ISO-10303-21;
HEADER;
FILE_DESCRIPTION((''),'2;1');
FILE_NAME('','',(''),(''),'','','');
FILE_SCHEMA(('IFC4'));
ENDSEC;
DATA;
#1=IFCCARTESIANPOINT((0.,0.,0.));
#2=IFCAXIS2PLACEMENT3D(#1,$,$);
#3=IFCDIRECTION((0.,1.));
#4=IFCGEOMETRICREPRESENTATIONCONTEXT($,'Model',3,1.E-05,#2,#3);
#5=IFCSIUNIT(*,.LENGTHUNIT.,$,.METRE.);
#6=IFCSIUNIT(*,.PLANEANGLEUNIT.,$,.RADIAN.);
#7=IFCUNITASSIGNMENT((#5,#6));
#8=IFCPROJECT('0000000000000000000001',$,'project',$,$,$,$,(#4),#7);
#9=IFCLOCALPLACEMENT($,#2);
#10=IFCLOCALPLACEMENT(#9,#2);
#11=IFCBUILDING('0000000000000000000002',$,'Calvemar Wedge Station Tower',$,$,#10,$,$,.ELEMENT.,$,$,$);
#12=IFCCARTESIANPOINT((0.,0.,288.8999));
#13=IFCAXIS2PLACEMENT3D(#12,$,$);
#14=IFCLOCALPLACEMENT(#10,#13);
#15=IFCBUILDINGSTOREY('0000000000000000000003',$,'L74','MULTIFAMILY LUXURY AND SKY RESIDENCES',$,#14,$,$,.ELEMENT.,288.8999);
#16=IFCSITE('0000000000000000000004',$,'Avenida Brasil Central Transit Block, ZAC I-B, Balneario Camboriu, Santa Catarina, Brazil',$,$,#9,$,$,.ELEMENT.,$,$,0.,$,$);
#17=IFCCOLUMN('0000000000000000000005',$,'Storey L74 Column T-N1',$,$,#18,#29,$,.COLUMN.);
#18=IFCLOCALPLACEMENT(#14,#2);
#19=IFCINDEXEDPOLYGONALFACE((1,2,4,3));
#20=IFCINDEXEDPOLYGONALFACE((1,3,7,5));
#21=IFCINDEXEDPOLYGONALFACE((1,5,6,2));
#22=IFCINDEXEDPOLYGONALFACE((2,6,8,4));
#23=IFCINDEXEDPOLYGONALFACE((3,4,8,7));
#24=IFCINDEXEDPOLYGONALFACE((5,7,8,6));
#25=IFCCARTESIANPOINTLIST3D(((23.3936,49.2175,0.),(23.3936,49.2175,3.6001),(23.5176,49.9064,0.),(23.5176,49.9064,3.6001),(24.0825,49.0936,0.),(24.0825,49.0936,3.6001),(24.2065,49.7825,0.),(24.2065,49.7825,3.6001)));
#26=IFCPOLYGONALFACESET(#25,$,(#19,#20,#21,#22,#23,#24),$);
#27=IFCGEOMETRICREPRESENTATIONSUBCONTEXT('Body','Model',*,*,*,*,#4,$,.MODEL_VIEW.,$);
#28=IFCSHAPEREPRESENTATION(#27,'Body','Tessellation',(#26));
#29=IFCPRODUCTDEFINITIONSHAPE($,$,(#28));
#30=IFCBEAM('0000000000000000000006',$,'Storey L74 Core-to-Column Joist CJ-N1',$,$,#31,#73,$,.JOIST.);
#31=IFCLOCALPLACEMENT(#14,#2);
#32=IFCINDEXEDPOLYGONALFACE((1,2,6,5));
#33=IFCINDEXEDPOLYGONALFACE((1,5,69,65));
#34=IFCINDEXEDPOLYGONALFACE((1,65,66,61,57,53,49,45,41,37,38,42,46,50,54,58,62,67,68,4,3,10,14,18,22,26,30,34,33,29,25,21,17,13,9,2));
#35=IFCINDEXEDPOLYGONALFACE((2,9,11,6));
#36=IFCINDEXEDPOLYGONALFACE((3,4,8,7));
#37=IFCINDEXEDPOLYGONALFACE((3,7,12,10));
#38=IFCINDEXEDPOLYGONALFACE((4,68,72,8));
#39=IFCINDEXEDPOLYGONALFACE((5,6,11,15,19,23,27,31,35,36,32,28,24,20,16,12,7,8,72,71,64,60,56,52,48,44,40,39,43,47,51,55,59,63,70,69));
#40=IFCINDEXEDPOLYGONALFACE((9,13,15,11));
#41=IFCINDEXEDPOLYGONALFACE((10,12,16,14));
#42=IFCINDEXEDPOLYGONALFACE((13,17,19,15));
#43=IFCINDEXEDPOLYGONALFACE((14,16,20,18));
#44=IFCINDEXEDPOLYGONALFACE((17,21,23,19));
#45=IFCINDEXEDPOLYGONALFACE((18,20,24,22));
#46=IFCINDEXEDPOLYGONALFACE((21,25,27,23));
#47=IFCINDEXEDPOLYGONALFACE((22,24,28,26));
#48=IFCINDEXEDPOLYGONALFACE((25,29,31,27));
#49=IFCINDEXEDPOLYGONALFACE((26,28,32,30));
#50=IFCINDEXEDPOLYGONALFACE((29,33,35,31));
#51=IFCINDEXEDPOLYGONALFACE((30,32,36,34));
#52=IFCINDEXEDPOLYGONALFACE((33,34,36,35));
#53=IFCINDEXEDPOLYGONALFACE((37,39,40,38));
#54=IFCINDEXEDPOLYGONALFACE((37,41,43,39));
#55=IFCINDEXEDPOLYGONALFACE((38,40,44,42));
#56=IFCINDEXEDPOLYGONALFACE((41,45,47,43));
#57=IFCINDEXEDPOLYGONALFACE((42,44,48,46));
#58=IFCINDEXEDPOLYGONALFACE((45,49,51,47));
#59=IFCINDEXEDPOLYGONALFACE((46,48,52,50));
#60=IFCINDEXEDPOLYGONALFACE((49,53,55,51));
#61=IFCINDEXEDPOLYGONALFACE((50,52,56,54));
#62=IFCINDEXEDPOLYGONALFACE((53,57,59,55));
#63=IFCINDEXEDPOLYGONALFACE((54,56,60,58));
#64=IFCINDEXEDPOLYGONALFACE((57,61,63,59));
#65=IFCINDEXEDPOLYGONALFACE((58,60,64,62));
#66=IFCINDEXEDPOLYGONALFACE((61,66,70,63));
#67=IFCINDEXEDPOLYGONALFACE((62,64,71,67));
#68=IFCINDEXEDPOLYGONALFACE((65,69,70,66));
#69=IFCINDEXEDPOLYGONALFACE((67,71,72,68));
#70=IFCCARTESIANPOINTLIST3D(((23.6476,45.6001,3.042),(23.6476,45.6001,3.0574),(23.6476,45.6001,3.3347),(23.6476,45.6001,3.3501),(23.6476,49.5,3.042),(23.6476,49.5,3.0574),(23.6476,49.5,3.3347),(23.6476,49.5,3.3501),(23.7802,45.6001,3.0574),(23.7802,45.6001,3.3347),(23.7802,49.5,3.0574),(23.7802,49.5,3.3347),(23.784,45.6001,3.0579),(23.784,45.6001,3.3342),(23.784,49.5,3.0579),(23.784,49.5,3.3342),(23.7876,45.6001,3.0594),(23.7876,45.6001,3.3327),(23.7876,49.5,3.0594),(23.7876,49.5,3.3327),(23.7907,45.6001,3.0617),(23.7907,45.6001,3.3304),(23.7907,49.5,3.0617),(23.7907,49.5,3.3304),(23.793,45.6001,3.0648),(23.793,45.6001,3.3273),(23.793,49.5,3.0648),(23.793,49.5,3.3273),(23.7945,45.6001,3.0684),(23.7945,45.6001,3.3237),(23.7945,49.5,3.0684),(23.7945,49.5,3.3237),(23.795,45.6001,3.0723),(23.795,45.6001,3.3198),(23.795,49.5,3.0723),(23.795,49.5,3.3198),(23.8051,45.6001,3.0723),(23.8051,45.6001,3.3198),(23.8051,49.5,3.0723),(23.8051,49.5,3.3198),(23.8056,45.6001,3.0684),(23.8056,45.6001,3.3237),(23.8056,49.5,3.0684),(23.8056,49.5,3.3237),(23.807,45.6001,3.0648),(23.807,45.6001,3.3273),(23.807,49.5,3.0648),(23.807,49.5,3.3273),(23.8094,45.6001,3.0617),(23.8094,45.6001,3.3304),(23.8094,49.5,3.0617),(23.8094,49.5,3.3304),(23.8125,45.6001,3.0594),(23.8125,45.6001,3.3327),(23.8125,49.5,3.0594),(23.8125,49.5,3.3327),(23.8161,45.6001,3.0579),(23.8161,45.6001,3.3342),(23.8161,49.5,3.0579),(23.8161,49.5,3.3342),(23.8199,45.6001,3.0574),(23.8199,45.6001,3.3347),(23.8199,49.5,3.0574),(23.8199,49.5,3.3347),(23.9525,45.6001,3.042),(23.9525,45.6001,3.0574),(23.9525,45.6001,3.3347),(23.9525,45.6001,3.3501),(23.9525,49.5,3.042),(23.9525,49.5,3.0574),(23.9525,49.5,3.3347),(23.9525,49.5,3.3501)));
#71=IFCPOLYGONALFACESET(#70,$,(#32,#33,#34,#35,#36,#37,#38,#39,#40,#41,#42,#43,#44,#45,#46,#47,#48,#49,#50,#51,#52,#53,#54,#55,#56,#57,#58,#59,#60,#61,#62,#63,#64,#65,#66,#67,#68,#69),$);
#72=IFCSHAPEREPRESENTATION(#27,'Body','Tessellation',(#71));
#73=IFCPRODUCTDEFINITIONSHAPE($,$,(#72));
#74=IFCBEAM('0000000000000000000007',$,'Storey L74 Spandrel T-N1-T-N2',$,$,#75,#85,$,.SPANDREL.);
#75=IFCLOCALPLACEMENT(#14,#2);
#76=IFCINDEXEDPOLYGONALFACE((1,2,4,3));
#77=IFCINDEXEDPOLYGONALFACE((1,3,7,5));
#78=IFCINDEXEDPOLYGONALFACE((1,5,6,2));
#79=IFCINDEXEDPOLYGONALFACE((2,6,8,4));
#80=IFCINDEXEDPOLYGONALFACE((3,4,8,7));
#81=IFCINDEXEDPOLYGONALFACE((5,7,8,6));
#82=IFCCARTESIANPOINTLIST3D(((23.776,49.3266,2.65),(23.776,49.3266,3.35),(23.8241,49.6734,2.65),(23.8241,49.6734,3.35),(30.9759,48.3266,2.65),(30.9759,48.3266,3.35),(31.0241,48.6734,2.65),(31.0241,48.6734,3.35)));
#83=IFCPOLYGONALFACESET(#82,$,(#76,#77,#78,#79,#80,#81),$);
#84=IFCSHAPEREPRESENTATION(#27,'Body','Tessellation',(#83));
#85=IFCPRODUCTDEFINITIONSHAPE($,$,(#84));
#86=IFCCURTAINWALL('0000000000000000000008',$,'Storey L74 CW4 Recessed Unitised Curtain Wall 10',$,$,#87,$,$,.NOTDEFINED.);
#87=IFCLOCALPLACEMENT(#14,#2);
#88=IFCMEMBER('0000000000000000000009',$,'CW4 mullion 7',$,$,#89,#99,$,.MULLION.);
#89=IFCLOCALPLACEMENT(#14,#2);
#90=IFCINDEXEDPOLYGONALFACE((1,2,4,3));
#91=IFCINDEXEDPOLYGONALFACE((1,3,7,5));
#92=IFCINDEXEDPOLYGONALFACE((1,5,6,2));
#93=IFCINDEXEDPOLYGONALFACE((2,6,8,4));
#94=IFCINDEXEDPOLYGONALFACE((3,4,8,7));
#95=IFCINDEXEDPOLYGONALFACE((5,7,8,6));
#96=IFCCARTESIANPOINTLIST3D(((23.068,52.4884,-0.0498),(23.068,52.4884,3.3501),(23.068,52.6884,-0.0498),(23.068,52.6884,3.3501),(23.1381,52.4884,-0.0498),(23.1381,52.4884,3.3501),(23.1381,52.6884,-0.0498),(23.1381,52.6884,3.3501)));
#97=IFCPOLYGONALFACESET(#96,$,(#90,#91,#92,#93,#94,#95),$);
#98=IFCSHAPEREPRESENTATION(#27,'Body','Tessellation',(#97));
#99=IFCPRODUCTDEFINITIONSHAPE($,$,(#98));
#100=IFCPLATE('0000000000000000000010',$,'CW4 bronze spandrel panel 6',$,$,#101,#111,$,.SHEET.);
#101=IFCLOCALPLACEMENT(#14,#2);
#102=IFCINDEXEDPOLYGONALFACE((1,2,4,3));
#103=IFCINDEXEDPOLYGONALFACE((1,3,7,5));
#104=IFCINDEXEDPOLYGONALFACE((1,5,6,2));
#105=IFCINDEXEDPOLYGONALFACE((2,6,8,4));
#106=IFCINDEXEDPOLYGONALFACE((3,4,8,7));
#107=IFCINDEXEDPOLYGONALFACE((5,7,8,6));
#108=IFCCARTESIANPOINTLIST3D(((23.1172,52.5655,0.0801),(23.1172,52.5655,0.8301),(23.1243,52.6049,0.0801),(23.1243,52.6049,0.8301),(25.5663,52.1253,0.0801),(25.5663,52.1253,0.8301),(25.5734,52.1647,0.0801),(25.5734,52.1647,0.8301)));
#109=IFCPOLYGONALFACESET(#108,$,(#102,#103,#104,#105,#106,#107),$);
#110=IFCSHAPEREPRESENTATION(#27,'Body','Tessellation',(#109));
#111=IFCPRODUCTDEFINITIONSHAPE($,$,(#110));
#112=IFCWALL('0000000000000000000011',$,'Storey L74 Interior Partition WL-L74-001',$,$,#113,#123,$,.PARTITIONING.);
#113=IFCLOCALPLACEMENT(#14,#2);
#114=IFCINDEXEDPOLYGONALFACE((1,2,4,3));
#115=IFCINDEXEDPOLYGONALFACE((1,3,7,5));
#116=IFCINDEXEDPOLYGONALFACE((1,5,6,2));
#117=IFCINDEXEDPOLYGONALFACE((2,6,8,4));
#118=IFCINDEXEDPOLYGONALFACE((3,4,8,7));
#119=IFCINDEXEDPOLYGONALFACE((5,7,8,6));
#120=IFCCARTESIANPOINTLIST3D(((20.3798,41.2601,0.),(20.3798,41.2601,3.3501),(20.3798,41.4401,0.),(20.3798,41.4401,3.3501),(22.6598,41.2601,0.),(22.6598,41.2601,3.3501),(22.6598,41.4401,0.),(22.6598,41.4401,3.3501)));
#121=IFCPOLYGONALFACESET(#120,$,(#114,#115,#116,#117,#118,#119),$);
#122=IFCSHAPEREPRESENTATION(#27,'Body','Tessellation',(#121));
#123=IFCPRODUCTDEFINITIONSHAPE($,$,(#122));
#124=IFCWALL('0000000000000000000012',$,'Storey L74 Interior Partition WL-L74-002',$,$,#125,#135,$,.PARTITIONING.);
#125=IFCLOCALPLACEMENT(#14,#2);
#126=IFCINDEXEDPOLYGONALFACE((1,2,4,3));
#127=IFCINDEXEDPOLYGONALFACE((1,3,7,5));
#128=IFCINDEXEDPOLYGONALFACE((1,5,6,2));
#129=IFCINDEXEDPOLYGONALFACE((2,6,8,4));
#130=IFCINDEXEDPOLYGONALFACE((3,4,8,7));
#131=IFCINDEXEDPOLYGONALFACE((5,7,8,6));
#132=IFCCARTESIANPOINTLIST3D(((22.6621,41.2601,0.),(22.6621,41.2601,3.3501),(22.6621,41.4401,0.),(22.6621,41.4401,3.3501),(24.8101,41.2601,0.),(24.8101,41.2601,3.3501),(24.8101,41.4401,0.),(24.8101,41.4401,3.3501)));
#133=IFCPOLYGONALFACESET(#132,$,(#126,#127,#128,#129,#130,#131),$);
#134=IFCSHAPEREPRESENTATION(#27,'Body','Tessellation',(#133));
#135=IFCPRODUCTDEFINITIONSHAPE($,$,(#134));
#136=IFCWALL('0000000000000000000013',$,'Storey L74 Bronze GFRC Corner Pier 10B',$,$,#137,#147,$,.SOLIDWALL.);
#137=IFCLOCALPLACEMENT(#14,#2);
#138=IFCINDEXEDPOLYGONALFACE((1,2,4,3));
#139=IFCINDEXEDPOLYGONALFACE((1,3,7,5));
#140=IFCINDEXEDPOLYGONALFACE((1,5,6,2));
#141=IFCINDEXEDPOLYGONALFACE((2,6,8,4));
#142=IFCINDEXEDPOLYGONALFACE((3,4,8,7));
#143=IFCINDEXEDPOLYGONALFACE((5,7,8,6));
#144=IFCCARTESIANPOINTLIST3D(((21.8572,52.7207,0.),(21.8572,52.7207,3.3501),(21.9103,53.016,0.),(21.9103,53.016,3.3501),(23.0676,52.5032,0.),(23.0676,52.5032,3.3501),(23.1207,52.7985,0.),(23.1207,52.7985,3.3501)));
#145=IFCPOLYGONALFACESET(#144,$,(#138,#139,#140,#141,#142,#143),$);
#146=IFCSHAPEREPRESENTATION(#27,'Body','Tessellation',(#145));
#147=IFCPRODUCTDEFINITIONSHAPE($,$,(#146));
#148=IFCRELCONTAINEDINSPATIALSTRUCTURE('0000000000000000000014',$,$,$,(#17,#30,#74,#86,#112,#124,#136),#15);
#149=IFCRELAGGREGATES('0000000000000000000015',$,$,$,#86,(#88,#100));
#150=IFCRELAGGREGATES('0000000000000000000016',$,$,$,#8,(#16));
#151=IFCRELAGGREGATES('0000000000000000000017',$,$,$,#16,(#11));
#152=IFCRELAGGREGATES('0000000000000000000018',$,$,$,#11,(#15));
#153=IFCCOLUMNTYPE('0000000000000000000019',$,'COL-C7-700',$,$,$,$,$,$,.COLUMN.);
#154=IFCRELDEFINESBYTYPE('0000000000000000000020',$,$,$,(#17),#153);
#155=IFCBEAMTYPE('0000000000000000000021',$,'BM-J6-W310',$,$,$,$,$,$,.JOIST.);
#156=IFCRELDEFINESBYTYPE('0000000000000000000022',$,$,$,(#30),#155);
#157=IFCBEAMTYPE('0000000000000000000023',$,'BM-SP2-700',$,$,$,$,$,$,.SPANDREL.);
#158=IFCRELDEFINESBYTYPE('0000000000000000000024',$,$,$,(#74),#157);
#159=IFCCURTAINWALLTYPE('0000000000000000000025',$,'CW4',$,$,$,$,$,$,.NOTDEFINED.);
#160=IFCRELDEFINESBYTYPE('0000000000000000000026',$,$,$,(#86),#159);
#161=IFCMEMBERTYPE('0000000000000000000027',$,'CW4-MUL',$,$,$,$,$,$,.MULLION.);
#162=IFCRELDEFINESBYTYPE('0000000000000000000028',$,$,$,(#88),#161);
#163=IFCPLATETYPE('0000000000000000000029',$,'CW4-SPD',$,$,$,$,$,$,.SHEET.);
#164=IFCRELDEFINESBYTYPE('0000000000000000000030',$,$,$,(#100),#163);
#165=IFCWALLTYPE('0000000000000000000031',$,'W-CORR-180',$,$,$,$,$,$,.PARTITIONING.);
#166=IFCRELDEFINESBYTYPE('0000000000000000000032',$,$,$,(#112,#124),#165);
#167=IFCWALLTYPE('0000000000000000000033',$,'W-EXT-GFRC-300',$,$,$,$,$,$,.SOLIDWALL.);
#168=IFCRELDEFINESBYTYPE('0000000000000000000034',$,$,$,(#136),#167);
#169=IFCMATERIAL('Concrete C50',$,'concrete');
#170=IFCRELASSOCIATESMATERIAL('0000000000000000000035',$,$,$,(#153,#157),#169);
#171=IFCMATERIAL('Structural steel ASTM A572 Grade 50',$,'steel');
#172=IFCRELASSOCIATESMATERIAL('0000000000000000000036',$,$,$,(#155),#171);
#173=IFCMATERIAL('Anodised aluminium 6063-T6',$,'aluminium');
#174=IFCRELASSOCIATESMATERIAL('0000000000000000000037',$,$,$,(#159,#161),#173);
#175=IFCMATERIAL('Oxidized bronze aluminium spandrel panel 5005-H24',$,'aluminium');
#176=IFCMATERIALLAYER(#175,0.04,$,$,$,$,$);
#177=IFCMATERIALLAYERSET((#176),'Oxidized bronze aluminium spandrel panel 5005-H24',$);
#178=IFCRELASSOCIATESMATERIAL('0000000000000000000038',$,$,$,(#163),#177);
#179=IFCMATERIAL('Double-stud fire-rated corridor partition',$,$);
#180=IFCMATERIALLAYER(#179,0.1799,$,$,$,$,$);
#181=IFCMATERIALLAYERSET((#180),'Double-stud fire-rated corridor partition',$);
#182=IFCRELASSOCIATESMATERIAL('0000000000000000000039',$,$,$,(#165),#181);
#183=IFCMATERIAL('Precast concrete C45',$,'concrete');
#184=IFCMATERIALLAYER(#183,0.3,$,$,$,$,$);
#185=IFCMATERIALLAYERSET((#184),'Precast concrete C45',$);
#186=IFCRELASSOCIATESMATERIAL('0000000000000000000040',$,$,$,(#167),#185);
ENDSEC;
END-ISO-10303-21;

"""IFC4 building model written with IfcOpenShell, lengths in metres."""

from ifc_helpers import new_model, si_unit, direction, frame, frame_2d, origin, origin_2d, place, context, subcontext, project, spatial, rectangle, i_section, extrude, source, transform, mapped, material, layer, layer_set, material_profile, profile_set, type_object, element, aggregate, save


model = new_model("IFC4")

# Units and contexts
model_context = context("Model", 3, precision=1e-05, world=origin(), true_north=direction((0.0, 1.0)))
body_context = subcontext(model_context, "Body", "Model", "MODEL_VIEW")
ifc_project = project(units=[si_unit("LENGTHUNIT", "METRE"), si_unit("PLANEANGLEUNIT", "RADIAN")], contexts=[model_context])

# Site, building, storey
site_placement = place(None, origin())
site = spatial("IfcSite", under=ifc_project, at=site_placement, Name="Avenida Brasil Central Transit Block, ZAC I-B, Balneario Camboriu, Santa Catarina, Brazil", CompositionType="ELEMENT", RefElevation=0.0)
building_placement = place(site_placement, origin())
building = spatial("IfcBuilding", under=site, at=building_placement, Name="Calvemar Wedge Station Tower", CompositionType="ELEMENT")
storey_placement = place(building_placement, frame((0.0, 0.0, 288.8999)))
storey = spatial("IfcBuildingStorey", under=building, at=storey_placement, Name="L74", Description="MULTIFAMILY LUXURY AND SKY RESIDENCES", CompositionType="ELEMENT", Elevation=288.8999)

# Column
ifc_material_1 = material(Name="Concrete C50", Category="concrete")
ifc_material_profile_1 = material_profile(ifc_material_1, rectangle(XDim=0.7, YDim=0.7, at=origin_2d()), Name="RC700x700")
ifc_profile_set_1 = profile_set([ifc_material_profile_1], Name="Concrete C50")
column_type = type_object("IfcColumnType", Name="COL-C7-700", PredefinedType="COLUMN", material=ifc_profile_set_1)
shared_shape_1 = source(origin(), body_context, "Body", "SweptSolid", [
    extrude(rectangle(XDim=0.7, YDim=0.7, at=origin_2d()), origin(), (0.0, 0.0, 1.0), 3.6001),
])
column_placement = place(storey_placement, frame((23.8, 49.5, 0.0), z_axis=(0.0, 0.0, 1.0), x_axis=(0.984196, -0.177085, 0.0)))
element("IfcColumn", 1, at=column_placement, inside=storey, type_object=column_type, Name="Storey L74 Column T-N1", PredefinedType="COLUMN", context=body_context, shape_type="MappedRepresentation", body=[
    mapped(shared_shape_1, transform((0.0, 0.0, 0.0), scale=1.0)),
])

# Beams
ifc_material_2 = material(Name="Structural steel ASTM A572 Grade 50", Category="steel")
ifc_material_profile_2 = material_profile(ifc_material_2, i_section(OverallWidth=0.3049, OverallDepth=0.3081, WebThickness=0.01, FlangeThickness=0.0154, FilletRadius=0.0149, at=origin_2d()), Name="W310x97")
ifc_profile_set_2 = profile_set([ifc_material_profile_2], Name="Structural steel ASTM A572 Grade 50")
beam_type_1 = type_object("IfcBeamType", Name="BM-J6-W310", PredefinedType="JOIST", material=ifc_profile_set_2)
shared_shape_2 = source(origin(), body_context, "Body", "SweptSolid", [
    extrude(i_section(OverallWidth=0.3049, OverallDepth=0.3081, WebThickness=0.01, FlangeThickness=0.0154, FilletRadius=0.0149, at=origin_2d()), origin(), (0.0, 0.0, 1.0), 3.8999),
])
beam_1_placement = place(storey_placement, frame((23.8, 45.6001, 3.196), z_axis=(0.0, 1.0, 0.0), x_axis=(-1.0, 0.0, 0.0)))
element("IfcBeam", 2, at=beam_1_placement, inside=storey, type_object=beam_type_1, Name="Storey L74 Core-to-Column Joist CJ-N1", PredefinedType="JOIST", context=body_context, shape_type="MappedRepresentation", body=[
    mapped(shared_shape_2, transform((0.0, 0.0, 0.0), scale=1.0)),
])
ifc_material_profile_3 = material_profile(ifc_material_1, rectangle(XDim=0.3501, YDim=0.7, at=origin_2d()), Name="RC350x700")
ifc_profile_set_3 = profile_set([ifc_material_profile_3], Name="Concrete C50")
beam_type_2 = type_object("IfcBeamType", Name="BM-SP2-700", PredefinedType="SPANDREL", material=ifc_profile_set_3)
shared_shape_3 = source(origin(), body_context, "Body", "SweptSolid", [
    extrude(rectangle(XDim=0.3501, YDim=0.7, at=origin_2d()), origin(), (0.0, 0.0, 1.0), 7.269),
])
beam_2_placement = place(storey_placement, frame((23.8, 49.5, 3.0), z_axis=(0.990492, -0.137569, 0.0), x_axis=(0.137569, 0.990492, 0.0)))
element("IfcBeam", 3, at=beam_2_placement, inside=storey, type_object=beam_type_2, Name="Storey L74 Spandrel T-N1-T-N2", PredefinedType="SPANDREL", context=body_context, shape_type="MappedRepresentation", body=[
    mapped(shared_shape_3, transform((0.0, 0.0, 0.0), scale=1.0)),
])

# Curtain wall, member, plate
ifc_material_3 = material(Name="Anodised aluminium 6063-T6", Category="aluminium")
curtain_wall_type = type_object("IfcCurtainWallType", Name="CW4", PredefinedType="NOTDEFINED", material=ifc_material_3)
curtain_wall_placement = place(storey_placement, origin())
curtain_wall = element("IfcCurtainWall", 4, at=curtain_wall_placement, inside=storey, type_object=curtain_wall_type, Name="Storey L74 CW4 Recessed Unitised Curtain Wall 10", PredefinedType="NOTDEFINED")
ifc_material_profile_4 = material_profile(ifc_material_3, rectangle(XDim=0.0701, YDim=0.2, at=origin_2d()), Name="AL-MUL-70x200")
ifc_profile_set_4 = profile_set([ifc_material_profile_4], Name="Anodised aluminium 6063-T6")
member_type = type_object("IfcMemberType", Name="CW4-MUL", PredefinedType="MULLION", material=ifc_profile_set_4)
shared_shape_4 = source(origin(), body_context, "Body", "SweptSolid", [
    extrude(rectangle(XDim=0.0701, YDim=0.2, at=origin_2d()), origin(), (0.0, 0.0, 1.0), 3.3999),
])
member_placement = place(storey_placement, frame((23.103, 52.5884, -0.0498), z_axis=(0.0, 0.0, 1.0), x_axis=(1.0, 0.0, 0.0)))
member = element("IfcMember", 5, at=member_placement, type_object=member_type, Name="CW4 mullion 7", PredefinedType="MULLION", context=body_context, shape_type="MappedRepresentation", body=[
    mapped(shared_shape_4, transform((0.0, 0.0, 0.0), scale=1.0)),
])
ifc_material_4 = material(Name="Oxidized bronze aluminium spandrel panel 5005-H24", Category="aluminium")
ifc_layer_1 = layer(ifc_material_4, 0.04)
ifc_layer_set_1 = layer_set([ifc_layer_1], Name="Oxidized bronze aluminium spandrel panel 5005-H24")
plate_type = type_object("IfcPlateType", Name="CW4-SPD", PredefinedType="SHEET", material=ifc_layer_set_1)
plate_placement = place(storey_placement, frame((25.5698, 52.145, 0.0801), z_axis=(0.0, 0.0, 1.0), x_axis=(-0.984227, 0.176908, 0.0)))
plate = element("IfcPlate", 6, at=plate_placement, type_object=plate_type, Name="CW4 bronze spandrel panel 6", PredefinedType="SHEET", context=body_context, shape_type="SweptSolid", body=[
    extrude(rectangle(XDim=2.4883, YDim=0.04, at=frame_2d((1.2441, 0.0))), origin(), (0.0, 0.0, 1.0), 0.75),
])
aggregate(curtain_wall, [member, plate])

# Walls
ifc_material_5 = material(Name="Double-stud fire-rated corridor partition")
ifc_layer_2 = layer(ifc_material_5, 0.1799)
ifc_layer_set_2 = layer_set([ifc_layer_2], Name="Double-stud fire-rated corridor partition")
wall_type_1 = type_object("IfcWallType", Name="W-CORR-180", PredefinedType="PARTITIONING", material=ifc_layer_set_2)
wall_1_placement = place(storey_placement, frame((22.6599, 41.3501, 0.0), z_axis=(0.0, 0.0, 1.0), x_axis=(-1.0, 0.0, 0.0)))
element("IfcWall", 7, at=wall_1_placement, inside=storey, type_object=wall_type_1, Name="Storey L74 Interior Partition WL-L74-001", PredefinedType="PARTITIONING", context=body_context, shape_type="SweptSolid", body=[
    extrude(rectangle(XDim=2.28, YDim=0.1799, at=frame_2d((1.1401, 0.0))), origin(), (0.0, 0.0, 1.0), 3.3501),
])
wall_2_placement = place(storey_placement, frame((24.8101, 41.3501, 0.0), z_axis=(0.0, 0.0, 1.0), x_axis=(-1.0, 0.0, 0.0)))
element("IfcWall", 8, at=wall_2_placement, inside=storey, type_object=wall_type_1, Name="Storey L74 Interior Partition WL-L74-002", PredefinedType="PARTITIONING", context=body_context, shape_type="SweptSolid", body=[
    extrude(rectangle(XDim=2.1479, YDim=0.1799, at=frame_2d((1.074, 0.0))), origin(), (0.0, 0.0, 1.0), 3.3501),
])

# Wall
ifc_material_6 = material(Name="Precast concrete C45", Category="concrete")
ifc_layer_3 = layer(ifc_material_6, 0.3)
ifc_layer_set_3 = layer_set([ifc_layer_3], Name="Precast concrete C45")
wall_type_2 = type_object("IfcWallType", Name="W-EXT-GFRC-300", PredefinedType="SOLIDWALL", material=ifc_layer_set_3)
wall_3_placement = place(storey_placement, frame((23.094, 52.6509, 0.0), z_axis=(0.0, 0.0, 1.0), x_axis=(-0.984233, 0.176876, 0.0)))
element("IfcWall", 9, at=wall_3_placement, inside=storey, type_object=wall_type_2, Name="Storey L74 Bronze GFRC Corner Pier 10B", PredefinedType="SOLIDWALL", context=body_context, shape_type="SweptSolid", body=[
    extrude(rectangle(XDim=1.2297, YDim=0.3, at=frame_2d((0.6147, 0.0))), origin(), (0.0, 0.0, 1.0), 3.3501),
])

save(model, "model.ifc")
